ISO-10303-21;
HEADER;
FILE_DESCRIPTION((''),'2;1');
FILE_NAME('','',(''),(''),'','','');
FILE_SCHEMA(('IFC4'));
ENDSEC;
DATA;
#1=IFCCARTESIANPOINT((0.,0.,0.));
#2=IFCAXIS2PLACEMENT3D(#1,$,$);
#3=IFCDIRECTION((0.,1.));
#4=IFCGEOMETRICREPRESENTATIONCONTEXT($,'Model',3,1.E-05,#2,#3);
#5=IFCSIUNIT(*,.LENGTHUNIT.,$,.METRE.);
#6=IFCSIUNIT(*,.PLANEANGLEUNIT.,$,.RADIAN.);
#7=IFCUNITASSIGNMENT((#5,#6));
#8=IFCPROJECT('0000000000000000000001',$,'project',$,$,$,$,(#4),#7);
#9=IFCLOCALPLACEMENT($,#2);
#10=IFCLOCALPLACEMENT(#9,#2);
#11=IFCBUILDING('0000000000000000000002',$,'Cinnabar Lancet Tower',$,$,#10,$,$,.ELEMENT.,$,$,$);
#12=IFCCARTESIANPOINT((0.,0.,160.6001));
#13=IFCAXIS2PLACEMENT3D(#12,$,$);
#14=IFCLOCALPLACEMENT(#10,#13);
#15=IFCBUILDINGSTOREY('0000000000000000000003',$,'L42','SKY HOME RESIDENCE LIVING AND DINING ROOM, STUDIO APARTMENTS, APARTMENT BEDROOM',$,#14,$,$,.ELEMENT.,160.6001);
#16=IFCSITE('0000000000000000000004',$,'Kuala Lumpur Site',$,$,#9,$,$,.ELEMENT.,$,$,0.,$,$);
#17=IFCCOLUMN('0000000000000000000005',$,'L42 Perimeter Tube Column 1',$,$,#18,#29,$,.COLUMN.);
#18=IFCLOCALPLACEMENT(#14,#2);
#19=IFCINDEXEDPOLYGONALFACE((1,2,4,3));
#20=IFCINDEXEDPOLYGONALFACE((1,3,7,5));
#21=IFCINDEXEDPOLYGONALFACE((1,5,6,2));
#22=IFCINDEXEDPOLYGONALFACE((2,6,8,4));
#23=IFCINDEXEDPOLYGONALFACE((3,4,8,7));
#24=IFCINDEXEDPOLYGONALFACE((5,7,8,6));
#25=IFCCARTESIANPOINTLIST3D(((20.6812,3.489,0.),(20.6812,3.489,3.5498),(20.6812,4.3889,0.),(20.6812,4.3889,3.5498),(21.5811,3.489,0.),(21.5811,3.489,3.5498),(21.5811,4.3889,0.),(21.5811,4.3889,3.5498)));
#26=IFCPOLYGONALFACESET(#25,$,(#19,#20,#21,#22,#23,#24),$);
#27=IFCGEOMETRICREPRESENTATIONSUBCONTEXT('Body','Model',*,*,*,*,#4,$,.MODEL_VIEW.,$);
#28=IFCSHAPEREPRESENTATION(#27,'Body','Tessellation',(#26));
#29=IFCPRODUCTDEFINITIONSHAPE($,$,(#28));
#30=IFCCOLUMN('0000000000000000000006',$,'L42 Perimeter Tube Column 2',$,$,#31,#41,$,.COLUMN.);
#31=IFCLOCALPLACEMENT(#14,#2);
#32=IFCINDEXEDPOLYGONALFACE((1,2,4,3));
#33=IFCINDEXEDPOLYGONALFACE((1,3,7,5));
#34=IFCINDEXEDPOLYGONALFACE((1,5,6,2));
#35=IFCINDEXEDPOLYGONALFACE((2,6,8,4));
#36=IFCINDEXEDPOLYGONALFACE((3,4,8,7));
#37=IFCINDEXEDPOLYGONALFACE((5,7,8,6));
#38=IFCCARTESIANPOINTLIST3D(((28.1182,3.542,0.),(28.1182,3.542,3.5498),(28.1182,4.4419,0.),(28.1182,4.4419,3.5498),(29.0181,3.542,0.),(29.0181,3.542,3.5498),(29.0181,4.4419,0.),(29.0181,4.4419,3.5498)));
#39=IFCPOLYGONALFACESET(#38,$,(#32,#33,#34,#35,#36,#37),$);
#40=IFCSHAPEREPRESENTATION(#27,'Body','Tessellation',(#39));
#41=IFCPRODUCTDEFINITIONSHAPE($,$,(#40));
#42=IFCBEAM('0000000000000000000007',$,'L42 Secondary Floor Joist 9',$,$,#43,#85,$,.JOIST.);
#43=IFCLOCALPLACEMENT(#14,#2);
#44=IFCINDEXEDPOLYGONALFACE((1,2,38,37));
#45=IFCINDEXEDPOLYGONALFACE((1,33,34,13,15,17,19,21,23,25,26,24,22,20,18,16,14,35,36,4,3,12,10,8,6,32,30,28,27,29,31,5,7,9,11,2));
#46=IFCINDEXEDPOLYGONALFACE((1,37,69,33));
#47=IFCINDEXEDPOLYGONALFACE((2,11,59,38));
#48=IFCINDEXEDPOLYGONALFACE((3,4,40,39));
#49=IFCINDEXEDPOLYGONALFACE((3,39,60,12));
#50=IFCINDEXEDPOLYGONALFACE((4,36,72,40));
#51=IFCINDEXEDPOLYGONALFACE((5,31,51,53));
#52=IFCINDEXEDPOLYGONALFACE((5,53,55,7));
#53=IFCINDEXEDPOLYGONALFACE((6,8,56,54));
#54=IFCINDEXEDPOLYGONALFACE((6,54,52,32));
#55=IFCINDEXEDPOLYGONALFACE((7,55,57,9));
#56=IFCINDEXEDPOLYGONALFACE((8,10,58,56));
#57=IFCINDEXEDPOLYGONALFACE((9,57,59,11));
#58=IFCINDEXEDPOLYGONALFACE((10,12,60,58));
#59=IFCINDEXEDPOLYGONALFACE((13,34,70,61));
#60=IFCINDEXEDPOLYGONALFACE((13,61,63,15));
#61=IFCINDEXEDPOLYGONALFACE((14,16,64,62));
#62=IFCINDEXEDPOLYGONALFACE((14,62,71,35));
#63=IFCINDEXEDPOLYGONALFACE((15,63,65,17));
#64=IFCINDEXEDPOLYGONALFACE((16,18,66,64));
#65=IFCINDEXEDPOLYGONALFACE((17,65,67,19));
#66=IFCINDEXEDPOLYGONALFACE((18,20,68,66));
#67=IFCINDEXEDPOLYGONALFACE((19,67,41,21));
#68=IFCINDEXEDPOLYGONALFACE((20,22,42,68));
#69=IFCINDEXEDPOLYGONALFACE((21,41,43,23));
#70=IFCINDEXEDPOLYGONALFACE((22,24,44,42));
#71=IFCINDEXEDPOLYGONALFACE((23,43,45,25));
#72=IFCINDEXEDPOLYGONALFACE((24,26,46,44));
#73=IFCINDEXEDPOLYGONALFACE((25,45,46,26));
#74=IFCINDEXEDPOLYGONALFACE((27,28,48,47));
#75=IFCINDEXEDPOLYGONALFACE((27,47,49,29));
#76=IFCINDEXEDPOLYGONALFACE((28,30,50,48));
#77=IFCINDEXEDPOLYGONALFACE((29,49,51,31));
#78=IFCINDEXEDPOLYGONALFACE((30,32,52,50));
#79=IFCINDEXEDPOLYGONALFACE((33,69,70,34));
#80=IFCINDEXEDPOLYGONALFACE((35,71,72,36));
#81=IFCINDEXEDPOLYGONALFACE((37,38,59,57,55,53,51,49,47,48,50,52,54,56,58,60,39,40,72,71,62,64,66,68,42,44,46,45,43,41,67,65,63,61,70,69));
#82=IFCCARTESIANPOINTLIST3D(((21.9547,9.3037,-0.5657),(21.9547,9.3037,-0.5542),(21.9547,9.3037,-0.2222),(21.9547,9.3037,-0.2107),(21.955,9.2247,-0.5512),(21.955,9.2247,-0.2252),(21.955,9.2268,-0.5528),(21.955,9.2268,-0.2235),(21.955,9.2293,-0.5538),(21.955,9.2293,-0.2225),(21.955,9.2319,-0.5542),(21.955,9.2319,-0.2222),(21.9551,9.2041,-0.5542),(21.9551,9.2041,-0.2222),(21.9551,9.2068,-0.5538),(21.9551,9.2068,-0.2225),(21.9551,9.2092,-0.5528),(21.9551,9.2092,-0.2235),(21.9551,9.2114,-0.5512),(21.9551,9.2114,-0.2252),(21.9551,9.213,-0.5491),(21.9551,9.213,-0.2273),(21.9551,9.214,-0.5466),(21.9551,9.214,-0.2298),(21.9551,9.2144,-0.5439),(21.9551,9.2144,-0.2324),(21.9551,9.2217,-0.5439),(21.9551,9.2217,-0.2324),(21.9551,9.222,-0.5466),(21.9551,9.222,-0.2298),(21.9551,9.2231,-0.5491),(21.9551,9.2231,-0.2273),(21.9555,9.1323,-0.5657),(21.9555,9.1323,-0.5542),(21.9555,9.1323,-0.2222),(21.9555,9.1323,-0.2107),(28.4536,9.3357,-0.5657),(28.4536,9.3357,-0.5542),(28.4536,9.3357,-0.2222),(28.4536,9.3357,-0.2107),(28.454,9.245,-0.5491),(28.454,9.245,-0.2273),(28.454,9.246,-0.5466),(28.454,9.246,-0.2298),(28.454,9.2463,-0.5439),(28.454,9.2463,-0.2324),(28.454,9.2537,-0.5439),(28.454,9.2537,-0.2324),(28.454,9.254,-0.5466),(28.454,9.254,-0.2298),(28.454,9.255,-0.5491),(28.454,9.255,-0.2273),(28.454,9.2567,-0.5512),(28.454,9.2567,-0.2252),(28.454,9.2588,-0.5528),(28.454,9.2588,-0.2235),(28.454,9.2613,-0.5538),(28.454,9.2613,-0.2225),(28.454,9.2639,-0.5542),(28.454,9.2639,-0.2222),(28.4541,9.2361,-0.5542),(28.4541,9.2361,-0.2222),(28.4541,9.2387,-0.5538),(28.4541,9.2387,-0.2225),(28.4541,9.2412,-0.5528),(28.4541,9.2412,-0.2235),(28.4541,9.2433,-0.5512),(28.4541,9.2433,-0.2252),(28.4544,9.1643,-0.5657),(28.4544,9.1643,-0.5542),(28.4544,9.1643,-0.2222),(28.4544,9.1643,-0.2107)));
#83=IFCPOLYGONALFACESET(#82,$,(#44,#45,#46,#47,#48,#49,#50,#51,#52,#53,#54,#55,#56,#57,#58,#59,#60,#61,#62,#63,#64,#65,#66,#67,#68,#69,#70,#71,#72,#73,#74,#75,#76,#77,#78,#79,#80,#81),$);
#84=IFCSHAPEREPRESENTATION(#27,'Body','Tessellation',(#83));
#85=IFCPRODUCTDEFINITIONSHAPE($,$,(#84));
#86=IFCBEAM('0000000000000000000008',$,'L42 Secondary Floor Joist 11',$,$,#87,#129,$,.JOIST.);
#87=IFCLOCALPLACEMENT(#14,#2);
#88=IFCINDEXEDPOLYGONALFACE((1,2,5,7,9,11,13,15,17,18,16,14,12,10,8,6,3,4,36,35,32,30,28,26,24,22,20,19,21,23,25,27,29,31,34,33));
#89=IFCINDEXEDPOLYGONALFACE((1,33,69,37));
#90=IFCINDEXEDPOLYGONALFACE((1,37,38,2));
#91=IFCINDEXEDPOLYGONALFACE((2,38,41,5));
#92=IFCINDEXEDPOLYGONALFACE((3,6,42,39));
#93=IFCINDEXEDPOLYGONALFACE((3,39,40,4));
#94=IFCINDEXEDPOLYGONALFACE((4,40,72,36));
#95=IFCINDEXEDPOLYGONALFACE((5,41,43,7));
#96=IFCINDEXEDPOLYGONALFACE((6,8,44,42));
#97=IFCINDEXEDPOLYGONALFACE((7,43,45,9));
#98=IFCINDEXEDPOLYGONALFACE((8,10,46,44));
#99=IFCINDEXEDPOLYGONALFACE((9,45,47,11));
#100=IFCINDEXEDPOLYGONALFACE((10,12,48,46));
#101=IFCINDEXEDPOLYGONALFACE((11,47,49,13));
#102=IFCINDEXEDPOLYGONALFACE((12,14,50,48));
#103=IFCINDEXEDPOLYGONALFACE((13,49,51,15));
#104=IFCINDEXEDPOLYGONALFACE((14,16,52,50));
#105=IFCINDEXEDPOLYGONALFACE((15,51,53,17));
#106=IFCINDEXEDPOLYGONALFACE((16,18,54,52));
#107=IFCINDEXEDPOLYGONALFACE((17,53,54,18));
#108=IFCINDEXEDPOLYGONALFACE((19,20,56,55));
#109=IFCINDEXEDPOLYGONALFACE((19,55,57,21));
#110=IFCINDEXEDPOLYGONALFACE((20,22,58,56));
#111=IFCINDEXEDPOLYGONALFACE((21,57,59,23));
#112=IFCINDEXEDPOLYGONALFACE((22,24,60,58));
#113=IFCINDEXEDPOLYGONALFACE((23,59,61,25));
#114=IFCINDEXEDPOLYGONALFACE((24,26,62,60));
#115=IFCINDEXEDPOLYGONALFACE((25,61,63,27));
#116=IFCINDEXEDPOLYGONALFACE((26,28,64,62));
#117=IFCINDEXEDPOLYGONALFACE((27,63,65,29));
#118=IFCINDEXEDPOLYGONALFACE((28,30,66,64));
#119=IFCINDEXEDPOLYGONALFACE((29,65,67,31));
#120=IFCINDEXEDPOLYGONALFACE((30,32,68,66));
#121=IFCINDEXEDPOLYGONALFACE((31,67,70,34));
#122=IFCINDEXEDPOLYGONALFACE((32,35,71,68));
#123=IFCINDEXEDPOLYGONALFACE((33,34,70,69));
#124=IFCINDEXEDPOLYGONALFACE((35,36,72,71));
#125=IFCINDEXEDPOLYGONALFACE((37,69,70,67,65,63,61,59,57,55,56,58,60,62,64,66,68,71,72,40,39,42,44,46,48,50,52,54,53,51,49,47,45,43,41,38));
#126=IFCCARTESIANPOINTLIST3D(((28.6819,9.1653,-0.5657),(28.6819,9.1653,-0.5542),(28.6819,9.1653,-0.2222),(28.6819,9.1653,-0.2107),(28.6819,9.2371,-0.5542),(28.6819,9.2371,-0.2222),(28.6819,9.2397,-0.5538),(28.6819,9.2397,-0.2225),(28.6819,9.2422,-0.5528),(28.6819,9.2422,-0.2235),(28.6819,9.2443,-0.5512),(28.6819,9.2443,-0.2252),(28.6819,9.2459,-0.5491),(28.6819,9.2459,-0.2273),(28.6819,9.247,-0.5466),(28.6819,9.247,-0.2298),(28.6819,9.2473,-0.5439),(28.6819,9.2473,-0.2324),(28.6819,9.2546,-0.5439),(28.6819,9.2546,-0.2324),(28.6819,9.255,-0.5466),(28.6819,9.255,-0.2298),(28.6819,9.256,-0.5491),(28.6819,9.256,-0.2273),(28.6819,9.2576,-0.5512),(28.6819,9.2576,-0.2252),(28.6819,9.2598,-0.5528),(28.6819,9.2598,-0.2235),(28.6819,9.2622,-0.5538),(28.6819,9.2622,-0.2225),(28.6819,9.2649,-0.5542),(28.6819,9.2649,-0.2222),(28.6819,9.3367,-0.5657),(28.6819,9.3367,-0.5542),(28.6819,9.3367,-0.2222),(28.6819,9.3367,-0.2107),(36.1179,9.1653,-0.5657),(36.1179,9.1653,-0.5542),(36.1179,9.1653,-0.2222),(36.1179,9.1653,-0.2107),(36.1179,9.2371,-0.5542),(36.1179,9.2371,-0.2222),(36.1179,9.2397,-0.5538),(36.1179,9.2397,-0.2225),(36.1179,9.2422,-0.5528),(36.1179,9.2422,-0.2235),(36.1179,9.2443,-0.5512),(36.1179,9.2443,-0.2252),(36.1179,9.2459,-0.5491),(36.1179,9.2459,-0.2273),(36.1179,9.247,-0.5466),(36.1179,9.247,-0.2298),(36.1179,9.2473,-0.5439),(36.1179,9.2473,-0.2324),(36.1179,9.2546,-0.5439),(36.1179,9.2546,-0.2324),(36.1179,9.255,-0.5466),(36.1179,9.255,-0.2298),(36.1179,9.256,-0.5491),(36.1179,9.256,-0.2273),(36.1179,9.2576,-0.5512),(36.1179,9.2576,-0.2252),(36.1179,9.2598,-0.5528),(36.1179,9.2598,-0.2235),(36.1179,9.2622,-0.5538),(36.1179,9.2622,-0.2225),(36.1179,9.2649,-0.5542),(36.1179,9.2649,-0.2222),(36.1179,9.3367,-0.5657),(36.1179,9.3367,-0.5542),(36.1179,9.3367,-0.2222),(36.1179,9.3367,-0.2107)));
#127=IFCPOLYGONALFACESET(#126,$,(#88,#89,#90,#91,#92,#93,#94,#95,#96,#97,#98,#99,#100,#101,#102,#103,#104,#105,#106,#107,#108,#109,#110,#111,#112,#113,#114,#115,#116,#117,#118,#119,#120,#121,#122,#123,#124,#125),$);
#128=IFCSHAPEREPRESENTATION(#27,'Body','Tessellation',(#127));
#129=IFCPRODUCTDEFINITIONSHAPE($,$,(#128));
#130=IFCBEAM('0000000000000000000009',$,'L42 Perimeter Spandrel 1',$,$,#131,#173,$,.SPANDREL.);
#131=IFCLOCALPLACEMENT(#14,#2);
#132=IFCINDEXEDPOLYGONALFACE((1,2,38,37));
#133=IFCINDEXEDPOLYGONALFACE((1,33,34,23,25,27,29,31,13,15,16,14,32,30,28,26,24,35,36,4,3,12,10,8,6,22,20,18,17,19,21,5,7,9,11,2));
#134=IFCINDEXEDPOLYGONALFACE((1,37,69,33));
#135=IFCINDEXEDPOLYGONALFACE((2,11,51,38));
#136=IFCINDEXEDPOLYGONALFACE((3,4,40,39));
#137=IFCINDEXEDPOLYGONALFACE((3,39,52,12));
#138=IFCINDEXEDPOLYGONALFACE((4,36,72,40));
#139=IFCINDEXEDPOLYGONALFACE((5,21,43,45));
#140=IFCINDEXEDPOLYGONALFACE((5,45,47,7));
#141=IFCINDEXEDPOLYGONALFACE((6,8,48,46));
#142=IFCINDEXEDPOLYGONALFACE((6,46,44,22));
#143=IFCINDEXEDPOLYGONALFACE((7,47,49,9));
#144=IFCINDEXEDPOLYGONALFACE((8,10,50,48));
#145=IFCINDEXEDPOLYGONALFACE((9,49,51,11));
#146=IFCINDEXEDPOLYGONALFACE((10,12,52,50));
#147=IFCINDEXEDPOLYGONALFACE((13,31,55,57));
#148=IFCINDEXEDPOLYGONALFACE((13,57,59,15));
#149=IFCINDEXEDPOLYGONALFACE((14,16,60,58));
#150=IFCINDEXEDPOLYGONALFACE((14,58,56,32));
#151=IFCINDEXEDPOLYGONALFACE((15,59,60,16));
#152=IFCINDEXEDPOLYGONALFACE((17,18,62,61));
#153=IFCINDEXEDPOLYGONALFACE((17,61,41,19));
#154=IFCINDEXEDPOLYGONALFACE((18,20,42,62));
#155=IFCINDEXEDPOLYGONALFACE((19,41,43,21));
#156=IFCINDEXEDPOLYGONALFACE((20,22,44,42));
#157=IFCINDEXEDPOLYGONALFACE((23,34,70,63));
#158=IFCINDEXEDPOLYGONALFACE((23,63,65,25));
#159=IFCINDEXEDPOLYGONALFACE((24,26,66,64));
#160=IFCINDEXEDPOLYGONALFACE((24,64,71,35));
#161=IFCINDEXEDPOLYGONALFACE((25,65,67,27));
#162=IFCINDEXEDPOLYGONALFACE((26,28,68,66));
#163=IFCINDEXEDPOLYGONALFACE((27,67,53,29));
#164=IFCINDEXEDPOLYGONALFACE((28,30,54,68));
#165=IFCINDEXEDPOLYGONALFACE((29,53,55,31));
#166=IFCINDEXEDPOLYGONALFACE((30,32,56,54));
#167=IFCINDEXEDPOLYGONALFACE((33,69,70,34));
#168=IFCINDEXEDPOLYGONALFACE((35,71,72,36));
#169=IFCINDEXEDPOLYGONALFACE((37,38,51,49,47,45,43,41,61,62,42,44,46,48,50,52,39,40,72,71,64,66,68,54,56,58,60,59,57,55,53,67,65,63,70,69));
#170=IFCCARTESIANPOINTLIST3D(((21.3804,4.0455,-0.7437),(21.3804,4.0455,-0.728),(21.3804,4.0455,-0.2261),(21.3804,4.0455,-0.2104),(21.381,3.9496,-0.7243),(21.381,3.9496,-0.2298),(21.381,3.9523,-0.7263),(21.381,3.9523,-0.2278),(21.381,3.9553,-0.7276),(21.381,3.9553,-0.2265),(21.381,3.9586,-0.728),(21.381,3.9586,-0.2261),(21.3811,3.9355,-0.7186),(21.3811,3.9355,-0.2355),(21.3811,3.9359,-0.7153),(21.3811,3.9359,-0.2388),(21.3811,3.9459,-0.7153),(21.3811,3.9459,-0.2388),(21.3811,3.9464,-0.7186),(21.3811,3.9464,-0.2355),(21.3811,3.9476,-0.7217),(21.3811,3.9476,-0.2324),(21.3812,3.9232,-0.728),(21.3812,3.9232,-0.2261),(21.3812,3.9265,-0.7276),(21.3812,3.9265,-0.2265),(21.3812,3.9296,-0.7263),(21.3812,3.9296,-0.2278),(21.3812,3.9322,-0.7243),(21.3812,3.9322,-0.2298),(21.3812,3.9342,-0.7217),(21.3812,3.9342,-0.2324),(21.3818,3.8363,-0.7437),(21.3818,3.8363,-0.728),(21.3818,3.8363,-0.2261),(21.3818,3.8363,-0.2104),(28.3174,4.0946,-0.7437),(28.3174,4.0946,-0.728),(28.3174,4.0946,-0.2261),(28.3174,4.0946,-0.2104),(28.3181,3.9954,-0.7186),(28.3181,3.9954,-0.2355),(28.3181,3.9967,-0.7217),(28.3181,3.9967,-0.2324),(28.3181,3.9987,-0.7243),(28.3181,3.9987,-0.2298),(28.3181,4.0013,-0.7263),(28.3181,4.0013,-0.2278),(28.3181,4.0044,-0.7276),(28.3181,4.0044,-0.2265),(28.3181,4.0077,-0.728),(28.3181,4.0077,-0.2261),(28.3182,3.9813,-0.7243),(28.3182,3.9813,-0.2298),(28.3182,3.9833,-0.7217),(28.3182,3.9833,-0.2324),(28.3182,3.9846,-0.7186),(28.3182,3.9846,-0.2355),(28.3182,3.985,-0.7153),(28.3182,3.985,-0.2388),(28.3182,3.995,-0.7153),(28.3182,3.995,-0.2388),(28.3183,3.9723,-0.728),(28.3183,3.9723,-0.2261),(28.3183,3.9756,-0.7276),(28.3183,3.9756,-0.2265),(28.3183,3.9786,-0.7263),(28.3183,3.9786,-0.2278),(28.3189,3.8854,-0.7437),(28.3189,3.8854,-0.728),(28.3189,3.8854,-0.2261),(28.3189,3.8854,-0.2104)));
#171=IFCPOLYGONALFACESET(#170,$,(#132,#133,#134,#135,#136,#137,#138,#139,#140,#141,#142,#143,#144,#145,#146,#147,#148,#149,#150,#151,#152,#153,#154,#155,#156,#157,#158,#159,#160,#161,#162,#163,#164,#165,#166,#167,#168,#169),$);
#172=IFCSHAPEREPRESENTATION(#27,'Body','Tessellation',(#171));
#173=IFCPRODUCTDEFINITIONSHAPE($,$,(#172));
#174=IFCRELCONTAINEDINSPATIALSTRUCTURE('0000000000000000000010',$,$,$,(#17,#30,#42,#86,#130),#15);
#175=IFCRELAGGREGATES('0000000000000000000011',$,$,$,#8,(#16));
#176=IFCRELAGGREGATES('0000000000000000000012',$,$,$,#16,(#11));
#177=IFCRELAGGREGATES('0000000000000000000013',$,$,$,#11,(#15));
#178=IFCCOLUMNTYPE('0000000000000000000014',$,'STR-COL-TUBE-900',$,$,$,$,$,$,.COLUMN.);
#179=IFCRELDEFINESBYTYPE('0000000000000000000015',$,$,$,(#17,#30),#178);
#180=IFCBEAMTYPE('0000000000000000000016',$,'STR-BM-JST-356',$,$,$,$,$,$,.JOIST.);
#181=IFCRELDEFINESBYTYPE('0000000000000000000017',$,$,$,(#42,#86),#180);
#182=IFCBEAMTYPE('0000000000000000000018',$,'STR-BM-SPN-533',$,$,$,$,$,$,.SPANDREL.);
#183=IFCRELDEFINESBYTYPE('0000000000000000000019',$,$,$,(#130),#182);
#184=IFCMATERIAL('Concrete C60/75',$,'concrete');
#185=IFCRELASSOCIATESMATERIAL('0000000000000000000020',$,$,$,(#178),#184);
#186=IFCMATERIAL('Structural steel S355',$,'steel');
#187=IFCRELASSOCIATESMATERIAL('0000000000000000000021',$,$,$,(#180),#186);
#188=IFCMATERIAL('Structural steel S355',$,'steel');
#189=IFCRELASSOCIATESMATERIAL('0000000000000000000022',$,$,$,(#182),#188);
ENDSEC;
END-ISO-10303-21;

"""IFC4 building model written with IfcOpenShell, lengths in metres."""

from ifc_helpers import new_model, si_unit, direction, frame, origin, origin_2d, place, context, subcontext, project, spatial, rectangle, i_section, extrude, material, material_profile, profile_set, type_object, element, save


model = new_model("IFC4")

# Units and contexts
model_context = context("Model", 3, precision=1e-05, world=origin(), true_north=direction((0.0, 1.0)))
body_context = subcontext(model_context, "Body", "Model", "MODEL_VIEW")
ifc_project = project(units=[si_unit("LENGTHUNIT", "METRE"), si_unit("PLANEANGLEUNIT", "RADIAN")], contexts=[model_context])

# Site, building, storey
site_placement = place(None, origin())
site = spatial("IfcSite", under=ifc_project, at=site_placement, Name="Kuala Lumpur Site", CompositionType="ELEMENT", RefElevation=0.0)
building_placement = place(site_placement, origin())
building = spatial("IfcBuilding", under=site, at=building_placement, Name="Cinnabar Lancet Tower", CompositionType="ELEMENT")
storey_placement = place(building_placement, frame((0.0, 0.0, 160.6001)))
storey = spatial("IfcBuildingStorey", under=building, at=storey_placement, Name="L42", Description="SKY HOME RESIDENCE LIVING AND DINING ROOM, STUDIO APARTMENTS, APARTMENT BEDROOM", CompositionType="ELEMENT", Elevation=160.6001)

# Columns
ifc_material_1 = material(Name="Concrete C60/75", Category="concrete")
ifc_material_profile_1 = material_profile(ifc_material_1, rectangle(XDim=0.8999, YDim=0.8999, at=origin_2d()), Name="RC-COL 900x900")
ifc_profile_set_1 = profile_set([ifc_material_profile_1], Name="Concrete C60/75")
column_type = type_object("IfcColumnType", Name="STR-COL-TUBE-900", PredefinedType="COLUMN", material=ifc_profile_set_1)
for number, where, z_axis, x_axis, name in (
    (1, (21.1311, 3.939, 0.0), (0.0, 0.0, 1.0), (1.0, 0.0, 0.0), "L42 Perimeter Tube Column 1"),
    (2, (28.5681, 3.9919, 0.0), (0.0, 0.0, 1.0), (1.0, 0.0, 0.0), "L42 Perimeter Tube Column 2"),
):
    element("IfcColumn", number, at=place(storey_placement, frame(where, z_axis=z_axis, x_axis=x_axis)), inside=storey, type_object=column_type, Name=name, PredefinedType="COLUMN", context=body_context, shape_type="SweptSolid", body=[
        extrude(rectangle(XDim=0.8999, YDim=0.8999, at=origin_2d()), origin(), (0.0, 0.0, 1.0), 3.5498),
    ])

# Beams
ifc_material_2 = material(Name="Structural steel S355", Category="steel")
ifc_material_profile_2 = material_profile(ifc_material_2, i_section(OverallWidth=0.1714, OverallDepth=0.355, WebThickness=0.0073, FlangeThickness=0.0115, FilletRadius=0.0103, at=origin_2d()), Name="UKB 356x171x51")
ifc_profile_set_2 = profile_set([ifc_material_profile_2], Name="Structural steel S355")
beam_type_1 = type_object("IfcBeamType", Name="STR-BM-JST-356", PredefinedType="JOIST", material=ifc_profile_set_2)
beam_1_placement = place(storey_placement, frame((21.9551, 9.218, -0.3882), z_axis=(0.999988, 0.004921, 0.0), x_axis=(-0.004921, 0.999988, 0.0)))
element("IfcBeam", 3, at=beam_1_placement, inside=storey, type_object=beam_type_1, Name="L42 Secondary Floor Joist 9", PredefinedType="JOIST", context=body_context, shape_type="SweptSolid", body=[
    extrude(i_section(OverallWidth=0.1714, OverallDepth=0.355, WebThickness=0.0073, FlangeThickness=0.0115, FilletRadius=0.0103, at=origin_2d()), origin(), (0.0, 0.0, 1.0), 6.499),
])
beam_2_placement = place(storey_placement, frame((28.6819, 9.251, -0.3882), z_axis=(1.0, 0.0, 0.0), x_axis=(0.0, 1.0, 0.0)))
element("IfcBeam", 4, at=beam_2_placement, inside=storey, type_object=beam_type_1, Name="L42 Secondary Floor Joist 11", PredefinedType="JOIST", context=body_context, shape_type="SweptSolid", body=[
    extrude(i_section(OverallWidth=0.1714, OverallDepth=0.355, WebThickness=0.0073, FlangeThickness=0.0115, FilletRadius=0.0103, at=origin_2d()), origin(), (0.0, 0.0, 1.0), 7.436),
])
ifc_material_3 = material(Name="Structural steel S355", Category="steel")
ifc_material_profile_3 = material_profile(ifc_material_3, i_section(OverallWidth=0.2092, OverallDepth=0.5332, WebThickness=0.01, FlangeThickness=0.0156, FilletRadius=0.0127, at=origin_2d()), Name="UKB 533x210x92")
ifc_profile_set_3 = profile_set([ifc_material_profile_3], Name="Structural steel S355")
beam_type_2 = type_object("IfcBeamType", Name="STR-BM-SPN-533", PredefinedType="SPANDREL", material=ifc_profile_set_3)
beam_3_placement = place(storey_placement, frame((21.3811, 3.9409, -0.4771), z_axis=(0.999975, 0.007074, 0.0), x_axis=(-0.007074, 0.999975, 0.0)))
element("IfcBeam", 5, at=beam_3_placement, inside=storey, type_object=beam_type_2, Name="L42 Perimeter Spandrel 1", PredefinedType="SPANDREL", context=body_context, shape_type="SweptSolid", body=[
    extrude(i_section(OverallWidth=0.2092, OverallDepth=0.5332, WebThickness=0.01, FlangeThickness=0.0156, FilletRadius=0.0127, at=origin_2d()), origin(), (0.0, 0.0, 1.0), 6.9373),
])

save(model, "model.ifc")
